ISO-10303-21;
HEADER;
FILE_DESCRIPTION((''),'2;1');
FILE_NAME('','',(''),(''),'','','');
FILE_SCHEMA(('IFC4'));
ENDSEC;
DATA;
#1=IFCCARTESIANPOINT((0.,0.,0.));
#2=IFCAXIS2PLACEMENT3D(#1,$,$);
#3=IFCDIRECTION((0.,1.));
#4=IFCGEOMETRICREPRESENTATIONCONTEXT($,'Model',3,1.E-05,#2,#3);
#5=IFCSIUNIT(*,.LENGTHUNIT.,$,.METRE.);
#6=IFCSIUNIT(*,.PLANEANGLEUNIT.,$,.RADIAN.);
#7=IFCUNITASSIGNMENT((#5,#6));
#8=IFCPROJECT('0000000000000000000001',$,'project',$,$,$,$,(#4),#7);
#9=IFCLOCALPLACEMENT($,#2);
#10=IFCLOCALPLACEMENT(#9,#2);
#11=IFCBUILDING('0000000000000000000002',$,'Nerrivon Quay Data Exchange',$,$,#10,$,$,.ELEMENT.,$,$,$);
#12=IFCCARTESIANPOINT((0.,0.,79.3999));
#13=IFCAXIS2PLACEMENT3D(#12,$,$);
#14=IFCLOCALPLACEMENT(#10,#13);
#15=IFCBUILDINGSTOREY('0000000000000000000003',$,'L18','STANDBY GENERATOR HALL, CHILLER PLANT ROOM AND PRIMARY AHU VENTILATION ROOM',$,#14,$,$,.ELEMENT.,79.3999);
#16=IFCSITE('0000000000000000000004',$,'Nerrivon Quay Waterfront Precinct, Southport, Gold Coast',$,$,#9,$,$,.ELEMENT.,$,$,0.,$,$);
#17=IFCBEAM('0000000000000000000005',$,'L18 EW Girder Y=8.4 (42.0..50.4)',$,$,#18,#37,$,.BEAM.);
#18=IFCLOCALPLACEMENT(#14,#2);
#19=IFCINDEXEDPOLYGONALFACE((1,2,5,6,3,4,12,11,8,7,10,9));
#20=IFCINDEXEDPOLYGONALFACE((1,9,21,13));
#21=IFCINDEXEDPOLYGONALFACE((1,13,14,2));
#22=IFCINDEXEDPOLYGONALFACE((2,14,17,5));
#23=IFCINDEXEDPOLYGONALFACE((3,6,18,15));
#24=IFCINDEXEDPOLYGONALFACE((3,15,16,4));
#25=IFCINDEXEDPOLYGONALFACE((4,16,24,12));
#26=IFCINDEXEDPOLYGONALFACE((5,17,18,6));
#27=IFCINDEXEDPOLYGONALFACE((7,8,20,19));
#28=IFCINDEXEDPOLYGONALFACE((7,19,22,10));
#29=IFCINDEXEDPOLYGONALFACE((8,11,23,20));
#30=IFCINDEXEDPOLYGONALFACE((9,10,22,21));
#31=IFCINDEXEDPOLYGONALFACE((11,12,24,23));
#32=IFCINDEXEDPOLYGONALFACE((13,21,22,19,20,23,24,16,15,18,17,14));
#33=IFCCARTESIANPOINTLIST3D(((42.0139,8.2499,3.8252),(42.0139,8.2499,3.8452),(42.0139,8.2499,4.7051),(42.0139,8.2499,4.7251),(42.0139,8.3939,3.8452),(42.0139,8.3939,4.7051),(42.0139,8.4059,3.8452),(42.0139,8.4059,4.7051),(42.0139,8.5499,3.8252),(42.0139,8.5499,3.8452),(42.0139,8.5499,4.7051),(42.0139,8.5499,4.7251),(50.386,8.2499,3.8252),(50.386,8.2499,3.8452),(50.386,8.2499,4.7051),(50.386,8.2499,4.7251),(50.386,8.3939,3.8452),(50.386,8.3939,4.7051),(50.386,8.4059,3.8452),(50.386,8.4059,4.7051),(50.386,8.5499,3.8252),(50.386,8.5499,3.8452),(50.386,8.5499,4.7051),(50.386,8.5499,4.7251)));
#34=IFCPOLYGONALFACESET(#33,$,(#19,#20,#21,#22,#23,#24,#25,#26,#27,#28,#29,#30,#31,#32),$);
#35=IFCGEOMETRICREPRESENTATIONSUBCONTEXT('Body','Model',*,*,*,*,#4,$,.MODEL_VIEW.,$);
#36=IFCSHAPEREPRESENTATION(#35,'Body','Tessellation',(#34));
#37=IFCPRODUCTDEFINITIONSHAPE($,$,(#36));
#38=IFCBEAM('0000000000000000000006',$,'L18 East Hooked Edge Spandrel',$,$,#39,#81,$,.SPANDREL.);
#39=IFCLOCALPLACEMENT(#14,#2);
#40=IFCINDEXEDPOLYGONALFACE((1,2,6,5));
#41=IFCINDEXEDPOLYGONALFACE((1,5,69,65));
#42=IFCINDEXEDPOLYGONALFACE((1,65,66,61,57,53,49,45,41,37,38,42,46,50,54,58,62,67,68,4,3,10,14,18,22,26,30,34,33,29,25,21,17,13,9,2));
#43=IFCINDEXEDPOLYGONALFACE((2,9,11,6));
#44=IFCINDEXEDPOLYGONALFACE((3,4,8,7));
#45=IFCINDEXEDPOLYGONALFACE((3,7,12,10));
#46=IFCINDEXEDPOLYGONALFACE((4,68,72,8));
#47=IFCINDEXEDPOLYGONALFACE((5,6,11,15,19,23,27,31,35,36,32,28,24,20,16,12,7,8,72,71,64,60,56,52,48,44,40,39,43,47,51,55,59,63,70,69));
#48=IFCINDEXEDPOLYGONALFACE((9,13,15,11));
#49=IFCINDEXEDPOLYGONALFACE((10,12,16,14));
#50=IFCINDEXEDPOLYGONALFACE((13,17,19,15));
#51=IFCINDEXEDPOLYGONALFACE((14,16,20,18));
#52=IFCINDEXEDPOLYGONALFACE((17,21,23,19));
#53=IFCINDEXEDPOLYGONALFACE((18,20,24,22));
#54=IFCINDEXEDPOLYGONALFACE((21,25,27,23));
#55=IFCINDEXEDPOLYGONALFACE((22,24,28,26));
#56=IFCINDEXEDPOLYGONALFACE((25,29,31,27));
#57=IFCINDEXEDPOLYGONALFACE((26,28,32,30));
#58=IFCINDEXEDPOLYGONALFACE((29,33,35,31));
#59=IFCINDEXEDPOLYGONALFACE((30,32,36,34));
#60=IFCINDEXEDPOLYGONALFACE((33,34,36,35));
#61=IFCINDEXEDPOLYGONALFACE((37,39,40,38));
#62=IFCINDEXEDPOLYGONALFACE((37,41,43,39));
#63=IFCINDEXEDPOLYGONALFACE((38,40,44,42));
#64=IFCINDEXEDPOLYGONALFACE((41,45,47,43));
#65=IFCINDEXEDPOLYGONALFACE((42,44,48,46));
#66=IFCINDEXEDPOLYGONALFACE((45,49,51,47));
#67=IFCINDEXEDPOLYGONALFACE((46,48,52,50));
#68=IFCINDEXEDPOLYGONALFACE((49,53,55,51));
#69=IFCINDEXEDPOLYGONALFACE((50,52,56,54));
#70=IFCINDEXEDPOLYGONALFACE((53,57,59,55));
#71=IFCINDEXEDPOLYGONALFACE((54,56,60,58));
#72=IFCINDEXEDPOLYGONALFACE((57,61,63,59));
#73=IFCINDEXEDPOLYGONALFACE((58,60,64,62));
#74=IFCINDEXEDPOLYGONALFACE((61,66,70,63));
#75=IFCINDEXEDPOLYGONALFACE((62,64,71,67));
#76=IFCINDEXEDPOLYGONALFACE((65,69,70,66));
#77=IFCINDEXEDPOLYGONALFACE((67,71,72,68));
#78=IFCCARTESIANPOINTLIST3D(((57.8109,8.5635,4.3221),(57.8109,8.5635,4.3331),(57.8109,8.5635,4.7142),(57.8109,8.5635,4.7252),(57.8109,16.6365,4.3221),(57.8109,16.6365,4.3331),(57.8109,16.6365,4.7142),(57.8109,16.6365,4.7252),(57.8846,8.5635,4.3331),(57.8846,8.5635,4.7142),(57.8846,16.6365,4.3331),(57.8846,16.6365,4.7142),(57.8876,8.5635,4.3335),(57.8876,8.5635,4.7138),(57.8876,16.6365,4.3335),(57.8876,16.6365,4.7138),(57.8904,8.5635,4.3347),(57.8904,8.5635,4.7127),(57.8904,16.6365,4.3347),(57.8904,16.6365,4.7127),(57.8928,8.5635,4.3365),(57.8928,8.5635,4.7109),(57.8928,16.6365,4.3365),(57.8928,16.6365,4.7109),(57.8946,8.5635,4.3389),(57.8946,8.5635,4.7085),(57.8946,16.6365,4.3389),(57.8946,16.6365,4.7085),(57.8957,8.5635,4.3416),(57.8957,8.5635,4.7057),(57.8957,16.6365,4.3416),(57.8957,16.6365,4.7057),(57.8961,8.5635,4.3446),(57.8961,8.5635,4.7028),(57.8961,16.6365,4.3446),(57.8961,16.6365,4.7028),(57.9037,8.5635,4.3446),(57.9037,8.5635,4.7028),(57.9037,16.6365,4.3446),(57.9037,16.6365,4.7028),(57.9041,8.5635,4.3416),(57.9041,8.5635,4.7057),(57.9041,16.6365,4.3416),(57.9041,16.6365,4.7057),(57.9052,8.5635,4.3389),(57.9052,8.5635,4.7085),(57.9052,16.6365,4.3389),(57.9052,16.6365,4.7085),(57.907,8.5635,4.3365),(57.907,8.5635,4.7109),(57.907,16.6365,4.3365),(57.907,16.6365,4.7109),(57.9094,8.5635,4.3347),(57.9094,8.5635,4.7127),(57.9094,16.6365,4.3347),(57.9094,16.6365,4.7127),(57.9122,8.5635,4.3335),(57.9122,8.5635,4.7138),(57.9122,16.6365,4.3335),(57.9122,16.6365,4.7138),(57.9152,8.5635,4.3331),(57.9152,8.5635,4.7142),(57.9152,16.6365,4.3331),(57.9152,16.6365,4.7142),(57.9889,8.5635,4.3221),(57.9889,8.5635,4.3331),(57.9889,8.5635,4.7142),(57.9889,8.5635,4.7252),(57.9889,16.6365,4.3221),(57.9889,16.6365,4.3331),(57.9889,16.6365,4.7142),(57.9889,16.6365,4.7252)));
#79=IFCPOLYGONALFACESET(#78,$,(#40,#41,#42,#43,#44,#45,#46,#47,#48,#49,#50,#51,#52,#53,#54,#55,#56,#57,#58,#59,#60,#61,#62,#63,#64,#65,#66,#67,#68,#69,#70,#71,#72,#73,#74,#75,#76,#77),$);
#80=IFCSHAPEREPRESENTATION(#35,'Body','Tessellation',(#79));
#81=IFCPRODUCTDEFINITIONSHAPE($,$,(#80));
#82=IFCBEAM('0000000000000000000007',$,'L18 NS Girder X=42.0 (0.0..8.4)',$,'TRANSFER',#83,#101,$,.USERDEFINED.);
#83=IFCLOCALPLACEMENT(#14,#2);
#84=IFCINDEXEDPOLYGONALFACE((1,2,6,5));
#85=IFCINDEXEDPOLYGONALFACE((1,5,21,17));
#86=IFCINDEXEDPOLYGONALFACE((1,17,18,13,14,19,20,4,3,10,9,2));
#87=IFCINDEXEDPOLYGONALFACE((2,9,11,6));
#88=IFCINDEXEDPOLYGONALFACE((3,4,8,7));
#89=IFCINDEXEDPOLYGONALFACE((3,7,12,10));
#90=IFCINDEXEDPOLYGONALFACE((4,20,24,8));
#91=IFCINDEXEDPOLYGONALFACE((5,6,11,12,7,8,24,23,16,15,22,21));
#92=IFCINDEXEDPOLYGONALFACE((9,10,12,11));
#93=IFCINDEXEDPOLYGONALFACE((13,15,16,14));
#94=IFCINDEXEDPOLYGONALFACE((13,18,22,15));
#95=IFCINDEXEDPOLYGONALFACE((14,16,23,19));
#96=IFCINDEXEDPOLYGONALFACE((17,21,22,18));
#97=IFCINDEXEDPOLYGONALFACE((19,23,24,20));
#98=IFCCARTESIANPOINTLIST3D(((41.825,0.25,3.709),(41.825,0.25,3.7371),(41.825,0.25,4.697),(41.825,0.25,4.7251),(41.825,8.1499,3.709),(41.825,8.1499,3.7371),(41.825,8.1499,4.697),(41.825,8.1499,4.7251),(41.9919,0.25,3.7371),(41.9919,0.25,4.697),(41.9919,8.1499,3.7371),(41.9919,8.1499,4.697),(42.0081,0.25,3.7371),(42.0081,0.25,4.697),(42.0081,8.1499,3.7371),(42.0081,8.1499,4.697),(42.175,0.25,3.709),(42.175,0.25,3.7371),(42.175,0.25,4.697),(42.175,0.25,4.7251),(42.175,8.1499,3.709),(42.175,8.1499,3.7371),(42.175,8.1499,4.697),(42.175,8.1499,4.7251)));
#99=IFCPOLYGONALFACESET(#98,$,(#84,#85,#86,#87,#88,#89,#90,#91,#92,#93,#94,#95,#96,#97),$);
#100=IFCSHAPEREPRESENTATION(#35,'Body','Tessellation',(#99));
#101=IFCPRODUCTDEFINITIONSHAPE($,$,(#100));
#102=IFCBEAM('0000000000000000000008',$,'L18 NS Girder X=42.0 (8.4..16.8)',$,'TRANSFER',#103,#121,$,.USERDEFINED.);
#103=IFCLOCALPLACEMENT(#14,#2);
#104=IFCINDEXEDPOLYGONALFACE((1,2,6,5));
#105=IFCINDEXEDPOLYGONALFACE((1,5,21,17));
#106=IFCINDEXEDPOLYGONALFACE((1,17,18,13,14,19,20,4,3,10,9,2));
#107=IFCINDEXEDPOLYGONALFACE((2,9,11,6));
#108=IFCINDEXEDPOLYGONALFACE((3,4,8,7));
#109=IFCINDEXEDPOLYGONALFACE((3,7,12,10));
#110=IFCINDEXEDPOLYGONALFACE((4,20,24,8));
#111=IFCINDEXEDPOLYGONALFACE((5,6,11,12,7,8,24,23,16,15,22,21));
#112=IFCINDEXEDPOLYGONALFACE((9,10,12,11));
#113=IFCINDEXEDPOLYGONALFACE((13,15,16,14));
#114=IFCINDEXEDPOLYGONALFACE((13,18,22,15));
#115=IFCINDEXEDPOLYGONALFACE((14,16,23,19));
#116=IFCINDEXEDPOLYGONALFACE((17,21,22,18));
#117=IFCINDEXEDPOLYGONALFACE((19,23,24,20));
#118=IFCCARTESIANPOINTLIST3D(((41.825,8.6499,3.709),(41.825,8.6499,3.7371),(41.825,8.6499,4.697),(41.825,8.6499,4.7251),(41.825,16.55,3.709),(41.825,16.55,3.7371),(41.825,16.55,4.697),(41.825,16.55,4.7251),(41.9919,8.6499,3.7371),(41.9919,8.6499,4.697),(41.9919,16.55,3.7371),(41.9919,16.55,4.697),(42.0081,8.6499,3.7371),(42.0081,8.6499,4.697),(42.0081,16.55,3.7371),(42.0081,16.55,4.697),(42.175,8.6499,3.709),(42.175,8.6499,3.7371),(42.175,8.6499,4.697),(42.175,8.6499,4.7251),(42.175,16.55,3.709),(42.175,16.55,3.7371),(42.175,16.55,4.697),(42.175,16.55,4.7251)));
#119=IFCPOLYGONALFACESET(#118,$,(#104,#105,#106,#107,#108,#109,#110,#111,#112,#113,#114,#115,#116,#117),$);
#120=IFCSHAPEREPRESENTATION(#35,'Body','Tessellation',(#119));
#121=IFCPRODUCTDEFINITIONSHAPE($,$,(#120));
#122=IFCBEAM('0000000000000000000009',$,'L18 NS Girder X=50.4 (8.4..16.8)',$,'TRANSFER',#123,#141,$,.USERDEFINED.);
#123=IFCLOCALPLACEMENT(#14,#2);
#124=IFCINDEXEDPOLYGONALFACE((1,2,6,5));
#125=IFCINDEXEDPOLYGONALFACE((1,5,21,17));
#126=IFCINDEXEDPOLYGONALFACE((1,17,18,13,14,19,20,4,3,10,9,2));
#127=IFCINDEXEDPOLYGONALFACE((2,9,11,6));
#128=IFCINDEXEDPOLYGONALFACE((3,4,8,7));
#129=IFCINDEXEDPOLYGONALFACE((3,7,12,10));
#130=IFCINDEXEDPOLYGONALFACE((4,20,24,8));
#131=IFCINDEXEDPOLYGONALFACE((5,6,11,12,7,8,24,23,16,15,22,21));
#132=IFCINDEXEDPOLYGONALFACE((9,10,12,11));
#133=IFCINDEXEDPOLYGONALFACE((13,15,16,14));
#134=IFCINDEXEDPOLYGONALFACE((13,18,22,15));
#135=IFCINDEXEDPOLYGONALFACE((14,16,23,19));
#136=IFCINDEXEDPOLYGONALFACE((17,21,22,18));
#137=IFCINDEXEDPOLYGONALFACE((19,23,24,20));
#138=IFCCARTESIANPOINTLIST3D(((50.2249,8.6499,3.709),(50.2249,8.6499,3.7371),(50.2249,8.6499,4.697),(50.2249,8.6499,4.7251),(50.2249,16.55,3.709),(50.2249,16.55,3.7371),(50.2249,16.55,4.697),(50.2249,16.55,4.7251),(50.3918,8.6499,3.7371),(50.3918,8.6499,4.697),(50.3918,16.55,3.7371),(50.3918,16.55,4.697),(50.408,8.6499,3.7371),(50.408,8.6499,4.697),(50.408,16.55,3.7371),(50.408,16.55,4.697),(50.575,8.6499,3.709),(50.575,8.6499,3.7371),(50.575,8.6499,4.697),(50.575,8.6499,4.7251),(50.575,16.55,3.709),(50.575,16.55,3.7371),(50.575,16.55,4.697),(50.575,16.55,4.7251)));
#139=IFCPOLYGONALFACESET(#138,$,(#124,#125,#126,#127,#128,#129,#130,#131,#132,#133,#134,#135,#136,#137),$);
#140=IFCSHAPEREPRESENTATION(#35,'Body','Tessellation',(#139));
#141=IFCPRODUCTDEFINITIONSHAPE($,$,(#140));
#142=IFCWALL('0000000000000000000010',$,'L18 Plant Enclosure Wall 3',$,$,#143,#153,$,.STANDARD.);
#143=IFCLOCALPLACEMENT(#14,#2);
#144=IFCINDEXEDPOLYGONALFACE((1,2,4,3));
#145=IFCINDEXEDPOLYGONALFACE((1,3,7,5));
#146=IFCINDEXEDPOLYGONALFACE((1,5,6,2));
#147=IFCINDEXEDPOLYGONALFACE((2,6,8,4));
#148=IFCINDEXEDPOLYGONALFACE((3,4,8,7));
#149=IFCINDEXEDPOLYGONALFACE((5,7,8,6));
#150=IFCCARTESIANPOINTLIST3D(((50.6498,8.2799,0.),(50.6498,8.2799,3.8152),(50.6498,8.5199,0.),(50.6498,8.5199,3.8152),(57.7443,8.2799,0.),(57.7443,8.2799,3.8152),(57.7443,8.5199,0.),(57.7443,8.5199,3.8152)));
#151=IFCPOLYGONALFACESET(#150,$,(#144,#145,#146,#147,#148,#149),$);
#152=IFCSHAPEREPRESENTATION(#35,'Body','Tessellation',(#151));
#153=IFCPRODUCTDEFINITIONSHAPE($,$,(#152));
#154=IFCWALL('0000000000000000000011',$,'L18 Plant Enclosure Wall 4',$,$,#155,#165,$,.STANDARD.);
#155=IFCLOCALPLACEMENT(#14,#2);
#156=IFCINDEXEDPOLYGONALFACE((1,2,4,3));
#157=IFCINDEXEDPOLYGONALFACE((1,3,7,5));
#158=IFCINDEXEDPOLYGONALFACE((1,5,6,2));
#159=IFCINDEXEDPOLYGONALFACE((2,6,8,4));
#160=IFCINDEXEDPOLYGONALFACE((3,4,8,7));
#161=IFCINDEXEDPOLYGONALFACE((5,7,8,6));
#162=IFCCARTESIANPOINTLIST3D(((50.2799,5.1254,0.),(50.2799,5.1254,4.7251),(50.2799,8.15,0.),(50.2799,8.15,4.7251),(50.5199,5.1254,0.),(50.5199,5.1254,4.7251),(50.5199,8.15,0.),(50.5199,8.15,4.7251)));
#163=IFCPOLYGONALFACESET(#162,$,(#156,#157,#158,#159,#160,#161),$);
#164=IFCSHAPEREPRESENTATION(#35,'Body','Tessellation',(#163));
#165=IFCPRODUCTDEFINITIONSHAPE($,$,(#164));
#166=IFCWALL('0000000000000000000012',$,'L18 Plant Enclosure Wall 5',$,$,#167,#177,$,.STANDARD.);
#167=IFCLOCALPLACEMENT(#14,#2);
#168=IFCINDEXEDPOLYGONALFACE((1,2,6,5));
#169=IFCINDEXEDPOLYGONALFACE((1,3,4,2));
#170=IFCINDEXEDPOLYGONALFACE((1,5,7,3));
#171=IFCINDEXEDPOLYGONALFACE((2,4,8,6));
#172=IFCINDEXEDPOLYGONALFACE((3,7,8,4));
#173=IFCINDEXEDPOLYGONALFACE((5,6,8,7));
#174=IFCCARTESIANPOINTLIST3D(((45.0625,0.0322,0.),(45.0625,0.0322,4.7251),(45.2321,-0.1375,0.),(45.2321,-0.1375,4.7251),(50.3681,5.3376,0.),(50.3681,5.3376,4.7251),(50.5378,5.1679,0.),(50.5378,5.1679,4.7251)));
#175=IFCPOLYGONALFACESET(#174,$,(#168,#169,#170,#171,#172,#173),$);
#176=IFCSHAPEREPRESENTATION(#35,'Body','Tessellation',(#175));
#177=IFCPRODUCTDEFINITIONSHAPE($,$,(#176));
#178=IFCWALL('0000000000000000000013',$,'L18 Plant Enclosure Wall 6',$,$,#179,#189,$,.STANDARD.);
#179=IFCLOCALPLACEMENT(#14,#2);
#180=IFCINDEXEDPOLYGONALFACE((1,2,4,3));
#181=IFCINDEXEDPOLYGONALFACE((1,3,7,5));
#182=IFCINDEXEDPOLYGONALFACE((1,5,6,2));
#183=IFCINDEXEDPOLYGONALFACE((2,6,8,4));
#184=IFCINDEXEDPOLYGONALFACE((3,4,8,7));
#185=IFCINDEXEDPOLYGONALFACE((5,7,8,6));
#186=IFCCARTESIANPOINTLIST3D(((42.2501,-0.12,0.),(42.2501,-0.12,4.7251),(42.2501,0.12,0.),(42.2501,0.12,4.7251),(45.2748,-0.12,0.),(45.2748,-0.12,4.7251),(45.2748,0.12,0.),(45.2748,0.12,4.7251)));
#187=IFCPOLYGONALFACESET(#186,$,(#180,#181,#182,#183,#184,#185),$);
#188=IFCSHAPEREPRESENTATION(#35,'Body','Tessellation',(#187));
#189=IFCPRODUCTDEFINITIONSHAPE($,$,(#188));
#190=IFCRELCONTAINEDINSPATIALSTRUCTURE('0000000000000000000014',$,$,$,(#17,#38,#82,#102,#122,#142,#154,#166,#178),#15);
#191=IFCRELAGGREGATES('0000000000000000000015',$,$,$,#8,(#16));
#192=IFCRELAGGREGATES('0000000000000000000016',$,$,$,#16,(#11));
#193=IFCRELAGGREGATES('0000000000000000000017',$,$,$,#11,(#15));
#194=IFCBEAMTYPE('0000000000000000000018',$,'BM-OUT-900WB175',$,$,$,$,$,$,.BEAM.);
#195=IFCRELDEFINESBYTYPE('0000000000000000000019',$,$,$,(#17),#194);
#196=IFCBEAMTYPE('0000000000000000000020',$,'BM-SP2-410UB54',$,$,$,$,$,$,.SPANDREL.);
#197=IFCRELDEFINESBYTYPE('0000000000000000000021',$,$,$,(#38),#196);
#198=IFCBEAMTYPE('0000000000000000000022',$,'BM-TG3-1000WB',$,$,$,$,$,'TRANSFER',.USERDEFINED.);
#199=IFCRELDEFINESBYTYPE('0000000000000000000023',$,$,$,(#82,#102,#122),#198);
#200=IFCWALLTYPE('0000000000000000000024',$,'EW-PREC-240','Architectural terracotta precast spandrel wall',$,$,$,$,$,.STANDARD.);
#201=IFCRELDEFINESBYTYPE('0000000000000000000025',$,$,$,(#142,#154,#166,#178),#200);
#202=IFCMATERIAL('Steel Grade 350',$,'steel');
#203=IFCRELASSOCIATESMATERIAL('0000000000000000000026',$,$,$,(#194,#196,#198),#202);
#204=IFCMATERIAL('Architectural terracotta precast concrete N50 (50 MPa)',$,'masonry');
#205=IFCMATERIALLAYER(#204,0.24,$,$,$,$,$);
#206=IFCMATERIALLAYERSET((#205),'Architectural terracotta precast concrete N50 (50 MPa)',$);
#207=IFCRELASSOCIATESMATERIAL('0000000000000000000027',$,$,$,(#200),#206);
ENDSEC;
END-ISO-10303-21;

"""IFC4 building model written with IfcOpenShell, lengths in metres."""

from ifc_helpers import new_model, si_unit, direction, frame, frame_2d, origin, origin_2d, place, context, subcontext, project, spatial, rectangle, i_section, extrude, material, layer, layer_set, material_profile, profile_set, type_object, element, save


model = new_model("IFC4")

# Units and contexts
model_context = context("Model", 3, precision=1e-05, world=origin(), true_north=direction((0.0, 1.0)))
body_context = subcontext(model_context, "Body", "Model", "MODEL_VIEW")
ifc_project = project(units=[si_unit("LENGTHUNIT", "METRE"), si_unit("PLANEANGLEUNIT", "RADIAN")], contexts=[model_context])

# Site, building, storey
site_placement = place(None, origin())
site = spatial("IfcSite", under=ifc_project, at=site_placement, Name="Nerrivon Quay Waterfront Precinct, Southport, Gold Coast", CompositionType="ELEMENT", RefElevation=0.0)
building_placement = place(site_placement, origin())
building = spatial("IfcBuilding", under=site, at=building_placement, Name="Nerrivon Quay Data Exchange", CompositionType="ELEMENT")
storey_placement = place(building_placement, frame((0.0, 0.0, 79.3999)))
storey = spatial("IfcBuildingStorey", under=building, at=storey_placement, Name="L18", Description="STANDBY GENERATOR HALL, CHILLER PLANT ROOM AND PRIMARY AHU VENTILATION ROOM", CompositionType="ELEMENT", Elevation=79.3999)

# Shared definitions
ifc_material_1 = material(Name="Steel Grade 350", Category="steel")

# Beams
ifc_material_profile_1 = material_profile(ifc_material_1, i_section(OverallWidth=0.3, OverallDepth=0.8999, WebThickness=0.012, FlangeThickness=0.02, at=origin_2d()), Name="900WB175")
ifc_profile_set_1 = profile_set([ifc_material_profile_1], Name="Steel Grade 350")
beam_type_1 = type_object("IfcBeamType", Name="BM-OUT-900WB175", PredefinedType="BEAM", material=ifc_profile_set_1)
beam_1_placement = place(storey_placement, frame((42.0139, 8.3999, 4.2751), z_axis=(1.0, 0.0, 0.0), x_axis=(0.0, 1.0, 0.0)))
element("IfcBeam", 1, at=beam_1_placement, inside=storey, type_object=beam_type_1, Name="L18 EW Girder Y=8.4 (42.0..50.4)", PredefinedType="BEAM", context=body_context, shape_type="SweptSolid", body=[
    extrude(i_section(OverallWidth=0.3, OverallDepth=0.8999, WebThickness=0.012, FlangeThickness=0.02, at=origin_2d()), origin(), (0.0, 0.0, 1.0), 8.3721),
])
ifc_material_profile_2 = material_profile(ifc_material_1, i_section(OverallWidth=0.178, OverallDepth=0.4031, WebThickness=0.0076, FlangeThickness=0.011, FilletRadius=0.0115, at=origin_2d()), Name="410UB53.7")
ifc_profile_set_2 = profile_set([ifc_material_profile_2], Name="Steel Grade 350")
beam_type_2 = type_object("IfcBeamType", Name="BM-SP2-410UB54", PredefinedType="SPANDREL", material=ifc_profile_set_2)
beam_2_placement = place(storey_placement, frame((57.8999, 8.5635, 4.5237), z_axis=(0.0, 1.0, 0.0), x_axis=(-1.0, 0.0, 0.0)))
element("IfcBeam", 2, at=beam_2_placement, inside=storey, type_object=beam_type_2, Name="L18 East Hooked Edge Spandrel", PredefinedType="SPANDREL", context=body_context, shape_type="SweptSolid", body=[
    extrude(i_section(OverallWidth=0.178, OverallDepth=0.4031, WebThickness=0.0076, FlangeThickness=0.011, FilletRadius=0.0115, at=origin_2d()), origin(), (0.0, 0.0, 1.0), 8.073),
])
ifc_material_profile_3 = material_profile(ifc_material_1, i_section(OverallWidth=0.3501, OverallDepth=1.0161, WebThickness=0.0161, FlangeThickness=0.0281, at=origin_2d()), Name="1000WB258")
ifc_profile_set_3 = profile_set([ifc_material_profile_3], Name="Steel Grade 350")
beam_type_3 = type_object("IfcBeamType", Name="BM-TG3-1000WB", ElementType="TRANSFER", PredefinedType="USERDEFINED", material=ifc_profile_set_3)
beam_3_placement = place(storey_placement, frame((42.0, 0.25, 4.217), z_axis=(0.0, 1.0, 0.0), x_axis=(-1.0, 0.0, 0.0)))
element("IfcBeam", 3, at=beam_3_placement, inside=storey, type_object=beam_type_3, Name="L18 NS Girder X=42.0 (0.0..8.4)", ObjectType="TRANSFER", PredefinedType="USERDEFINED", context=body_context, shape_type="SweptSolid", body=[
    extrude(i_section(OverallWidth=0.3501, OverallDepth=1.0161, WebThickness=0.0161, FlangeThickness=0.0281, at=origin_2d()), origin(), (0.0, 0.0, 1.0), 7.8999),
])
for number, where, z_axis, x_axis, name in (
    (4, (42.0, 8.6499, 4.217), (0.0, 1.0, 0.0), (-1.0, 0.0, 0.0), "L18 NS Girder X=42.0 (8.4..16.8)"),
    (5, (50.3999, 8.6499, 4.217), (0.0, 1.0, 0.0), (-1.0, 0.0, 0.0), "L18 NS Girder X=50.4 (8.4..16.8)"),
):
    element("IfcBeam", number, at=place(storey_placement, frame(where, z_axis=z_axis, x_axis=x_axis)), inside=storey, type_object=beam_type_3, Name=name, ObjectType="TRANSFER", PredefinedType="USERDEFINED", context=body_context, shape_type="SweptSolid", body=[
        extrude(i_section(OverallWidth=0.3501, OverallDepth=1.0161, WebThickness=0.0161, FlangeThickness=0.0281, at=origin_2d()), origin(), (0.0, 0.0, 1.0), 7.9001),
    ])

# Walls
ifc_material_2 = material(Name="Architectural terracotta precast concrete N50 (50 MPa)", Category="masonry")
ifc_layer_1 = layer(ifc_material_2, 0.24)
ifc_layer_set_1 = layer_set([ifc_layer_1], Name="Architectural terracotta precast concrete N50 (50 MPa)")
wall_type = type_object("IfcWallType", Name="EW-PREC-240", Description="Architectural terracotta precast spandrel wall", PredefinedType="STANDARD", material=ifc_layer_set_1)
wall_1_placement = place(storey_placement, frame((57.7444, 8.3999, 0.0), z_axis=(0.0, 0.0, 1.0), x_axis=(-1.0, 0.0, 0.0)))
element("IfcWall", 6, at=wall_1_placement, inside=storey, type_object=wall_type, Name="L18 Plant Enclosure Wall 3", PredefinedType="STANDARD", context=body_context, shape_type="SweptSolid", body=[
    extrude(rectangle(XDim=7.0945, YDim=0.24, at=frame_2d((3.5474, 0.0))), origin(), (0.0, 0.0, 1.0), 3.8152),
])
wall_2_placement = place(storey_placement, frame((50.3999, 8.1499, 0.0), z_axis=(0.0, 0.0, 1.0), x_axis=(0.0, -1.0, 0.0)))
element("IfcWall", 7, at=wall_2_placement, inside=storey, type_object=wall_type, Name="L18 Plant Enclosure Wall 4", PredefinedType="STANDARD", context=body_context, shape_type="SweptSolid", body=[
    extrude(rectangle(XDim=3.0247, YDim=0.24, at=frame_2d((1.5122, 0.0))), origin(), (0.0, 0.0, 1.0), 4.7251),
])
wall_3_placement = place(storey_placement, frame((50.4529, 5.2527, 0.0), z_axis=(0.0, 0.0, 1.0), x_axis=(-0.707123, -0.707091, 0.0)))
element("IfcWall", 8, at=wall_3_placement, inside=storey, type_object=wall_type, Name="L18 Plant Enclosure Wall 5", PredefinedType="STANDARD", context=body_context, shape_type="SweptSolid", body=[
    extrude(rectangle(XDim=7.5032, YDim=0.24, at=frame_2d((3.7515, 0.0))), origin(), (0.0, 0.0, 1.0), 4.7251),
])
wall_4_placement = place(storey_placement, frame((45.2747, 0.0, 0.0), z_axis=(0.0, 0.0, 1.0), x_axis=(-1.0, 0.0, 0.0)))
element("IfcWall", 9, at=wall_4_placement, inside=storey, type_object=wall_type, Name="L18 Plant Enclosure Wall 6", PredefinedType="STANDARD", context=body_context, shape_type="SweptSolid", body=[
    extrude(rectangle(XDim=3.0247, YDim=0.24, at=frame_2d((1.5122, 0.0))), origin(), (0.0, 0.0, 1.0), 4.7251),
])

save(model, "model.ifc")
